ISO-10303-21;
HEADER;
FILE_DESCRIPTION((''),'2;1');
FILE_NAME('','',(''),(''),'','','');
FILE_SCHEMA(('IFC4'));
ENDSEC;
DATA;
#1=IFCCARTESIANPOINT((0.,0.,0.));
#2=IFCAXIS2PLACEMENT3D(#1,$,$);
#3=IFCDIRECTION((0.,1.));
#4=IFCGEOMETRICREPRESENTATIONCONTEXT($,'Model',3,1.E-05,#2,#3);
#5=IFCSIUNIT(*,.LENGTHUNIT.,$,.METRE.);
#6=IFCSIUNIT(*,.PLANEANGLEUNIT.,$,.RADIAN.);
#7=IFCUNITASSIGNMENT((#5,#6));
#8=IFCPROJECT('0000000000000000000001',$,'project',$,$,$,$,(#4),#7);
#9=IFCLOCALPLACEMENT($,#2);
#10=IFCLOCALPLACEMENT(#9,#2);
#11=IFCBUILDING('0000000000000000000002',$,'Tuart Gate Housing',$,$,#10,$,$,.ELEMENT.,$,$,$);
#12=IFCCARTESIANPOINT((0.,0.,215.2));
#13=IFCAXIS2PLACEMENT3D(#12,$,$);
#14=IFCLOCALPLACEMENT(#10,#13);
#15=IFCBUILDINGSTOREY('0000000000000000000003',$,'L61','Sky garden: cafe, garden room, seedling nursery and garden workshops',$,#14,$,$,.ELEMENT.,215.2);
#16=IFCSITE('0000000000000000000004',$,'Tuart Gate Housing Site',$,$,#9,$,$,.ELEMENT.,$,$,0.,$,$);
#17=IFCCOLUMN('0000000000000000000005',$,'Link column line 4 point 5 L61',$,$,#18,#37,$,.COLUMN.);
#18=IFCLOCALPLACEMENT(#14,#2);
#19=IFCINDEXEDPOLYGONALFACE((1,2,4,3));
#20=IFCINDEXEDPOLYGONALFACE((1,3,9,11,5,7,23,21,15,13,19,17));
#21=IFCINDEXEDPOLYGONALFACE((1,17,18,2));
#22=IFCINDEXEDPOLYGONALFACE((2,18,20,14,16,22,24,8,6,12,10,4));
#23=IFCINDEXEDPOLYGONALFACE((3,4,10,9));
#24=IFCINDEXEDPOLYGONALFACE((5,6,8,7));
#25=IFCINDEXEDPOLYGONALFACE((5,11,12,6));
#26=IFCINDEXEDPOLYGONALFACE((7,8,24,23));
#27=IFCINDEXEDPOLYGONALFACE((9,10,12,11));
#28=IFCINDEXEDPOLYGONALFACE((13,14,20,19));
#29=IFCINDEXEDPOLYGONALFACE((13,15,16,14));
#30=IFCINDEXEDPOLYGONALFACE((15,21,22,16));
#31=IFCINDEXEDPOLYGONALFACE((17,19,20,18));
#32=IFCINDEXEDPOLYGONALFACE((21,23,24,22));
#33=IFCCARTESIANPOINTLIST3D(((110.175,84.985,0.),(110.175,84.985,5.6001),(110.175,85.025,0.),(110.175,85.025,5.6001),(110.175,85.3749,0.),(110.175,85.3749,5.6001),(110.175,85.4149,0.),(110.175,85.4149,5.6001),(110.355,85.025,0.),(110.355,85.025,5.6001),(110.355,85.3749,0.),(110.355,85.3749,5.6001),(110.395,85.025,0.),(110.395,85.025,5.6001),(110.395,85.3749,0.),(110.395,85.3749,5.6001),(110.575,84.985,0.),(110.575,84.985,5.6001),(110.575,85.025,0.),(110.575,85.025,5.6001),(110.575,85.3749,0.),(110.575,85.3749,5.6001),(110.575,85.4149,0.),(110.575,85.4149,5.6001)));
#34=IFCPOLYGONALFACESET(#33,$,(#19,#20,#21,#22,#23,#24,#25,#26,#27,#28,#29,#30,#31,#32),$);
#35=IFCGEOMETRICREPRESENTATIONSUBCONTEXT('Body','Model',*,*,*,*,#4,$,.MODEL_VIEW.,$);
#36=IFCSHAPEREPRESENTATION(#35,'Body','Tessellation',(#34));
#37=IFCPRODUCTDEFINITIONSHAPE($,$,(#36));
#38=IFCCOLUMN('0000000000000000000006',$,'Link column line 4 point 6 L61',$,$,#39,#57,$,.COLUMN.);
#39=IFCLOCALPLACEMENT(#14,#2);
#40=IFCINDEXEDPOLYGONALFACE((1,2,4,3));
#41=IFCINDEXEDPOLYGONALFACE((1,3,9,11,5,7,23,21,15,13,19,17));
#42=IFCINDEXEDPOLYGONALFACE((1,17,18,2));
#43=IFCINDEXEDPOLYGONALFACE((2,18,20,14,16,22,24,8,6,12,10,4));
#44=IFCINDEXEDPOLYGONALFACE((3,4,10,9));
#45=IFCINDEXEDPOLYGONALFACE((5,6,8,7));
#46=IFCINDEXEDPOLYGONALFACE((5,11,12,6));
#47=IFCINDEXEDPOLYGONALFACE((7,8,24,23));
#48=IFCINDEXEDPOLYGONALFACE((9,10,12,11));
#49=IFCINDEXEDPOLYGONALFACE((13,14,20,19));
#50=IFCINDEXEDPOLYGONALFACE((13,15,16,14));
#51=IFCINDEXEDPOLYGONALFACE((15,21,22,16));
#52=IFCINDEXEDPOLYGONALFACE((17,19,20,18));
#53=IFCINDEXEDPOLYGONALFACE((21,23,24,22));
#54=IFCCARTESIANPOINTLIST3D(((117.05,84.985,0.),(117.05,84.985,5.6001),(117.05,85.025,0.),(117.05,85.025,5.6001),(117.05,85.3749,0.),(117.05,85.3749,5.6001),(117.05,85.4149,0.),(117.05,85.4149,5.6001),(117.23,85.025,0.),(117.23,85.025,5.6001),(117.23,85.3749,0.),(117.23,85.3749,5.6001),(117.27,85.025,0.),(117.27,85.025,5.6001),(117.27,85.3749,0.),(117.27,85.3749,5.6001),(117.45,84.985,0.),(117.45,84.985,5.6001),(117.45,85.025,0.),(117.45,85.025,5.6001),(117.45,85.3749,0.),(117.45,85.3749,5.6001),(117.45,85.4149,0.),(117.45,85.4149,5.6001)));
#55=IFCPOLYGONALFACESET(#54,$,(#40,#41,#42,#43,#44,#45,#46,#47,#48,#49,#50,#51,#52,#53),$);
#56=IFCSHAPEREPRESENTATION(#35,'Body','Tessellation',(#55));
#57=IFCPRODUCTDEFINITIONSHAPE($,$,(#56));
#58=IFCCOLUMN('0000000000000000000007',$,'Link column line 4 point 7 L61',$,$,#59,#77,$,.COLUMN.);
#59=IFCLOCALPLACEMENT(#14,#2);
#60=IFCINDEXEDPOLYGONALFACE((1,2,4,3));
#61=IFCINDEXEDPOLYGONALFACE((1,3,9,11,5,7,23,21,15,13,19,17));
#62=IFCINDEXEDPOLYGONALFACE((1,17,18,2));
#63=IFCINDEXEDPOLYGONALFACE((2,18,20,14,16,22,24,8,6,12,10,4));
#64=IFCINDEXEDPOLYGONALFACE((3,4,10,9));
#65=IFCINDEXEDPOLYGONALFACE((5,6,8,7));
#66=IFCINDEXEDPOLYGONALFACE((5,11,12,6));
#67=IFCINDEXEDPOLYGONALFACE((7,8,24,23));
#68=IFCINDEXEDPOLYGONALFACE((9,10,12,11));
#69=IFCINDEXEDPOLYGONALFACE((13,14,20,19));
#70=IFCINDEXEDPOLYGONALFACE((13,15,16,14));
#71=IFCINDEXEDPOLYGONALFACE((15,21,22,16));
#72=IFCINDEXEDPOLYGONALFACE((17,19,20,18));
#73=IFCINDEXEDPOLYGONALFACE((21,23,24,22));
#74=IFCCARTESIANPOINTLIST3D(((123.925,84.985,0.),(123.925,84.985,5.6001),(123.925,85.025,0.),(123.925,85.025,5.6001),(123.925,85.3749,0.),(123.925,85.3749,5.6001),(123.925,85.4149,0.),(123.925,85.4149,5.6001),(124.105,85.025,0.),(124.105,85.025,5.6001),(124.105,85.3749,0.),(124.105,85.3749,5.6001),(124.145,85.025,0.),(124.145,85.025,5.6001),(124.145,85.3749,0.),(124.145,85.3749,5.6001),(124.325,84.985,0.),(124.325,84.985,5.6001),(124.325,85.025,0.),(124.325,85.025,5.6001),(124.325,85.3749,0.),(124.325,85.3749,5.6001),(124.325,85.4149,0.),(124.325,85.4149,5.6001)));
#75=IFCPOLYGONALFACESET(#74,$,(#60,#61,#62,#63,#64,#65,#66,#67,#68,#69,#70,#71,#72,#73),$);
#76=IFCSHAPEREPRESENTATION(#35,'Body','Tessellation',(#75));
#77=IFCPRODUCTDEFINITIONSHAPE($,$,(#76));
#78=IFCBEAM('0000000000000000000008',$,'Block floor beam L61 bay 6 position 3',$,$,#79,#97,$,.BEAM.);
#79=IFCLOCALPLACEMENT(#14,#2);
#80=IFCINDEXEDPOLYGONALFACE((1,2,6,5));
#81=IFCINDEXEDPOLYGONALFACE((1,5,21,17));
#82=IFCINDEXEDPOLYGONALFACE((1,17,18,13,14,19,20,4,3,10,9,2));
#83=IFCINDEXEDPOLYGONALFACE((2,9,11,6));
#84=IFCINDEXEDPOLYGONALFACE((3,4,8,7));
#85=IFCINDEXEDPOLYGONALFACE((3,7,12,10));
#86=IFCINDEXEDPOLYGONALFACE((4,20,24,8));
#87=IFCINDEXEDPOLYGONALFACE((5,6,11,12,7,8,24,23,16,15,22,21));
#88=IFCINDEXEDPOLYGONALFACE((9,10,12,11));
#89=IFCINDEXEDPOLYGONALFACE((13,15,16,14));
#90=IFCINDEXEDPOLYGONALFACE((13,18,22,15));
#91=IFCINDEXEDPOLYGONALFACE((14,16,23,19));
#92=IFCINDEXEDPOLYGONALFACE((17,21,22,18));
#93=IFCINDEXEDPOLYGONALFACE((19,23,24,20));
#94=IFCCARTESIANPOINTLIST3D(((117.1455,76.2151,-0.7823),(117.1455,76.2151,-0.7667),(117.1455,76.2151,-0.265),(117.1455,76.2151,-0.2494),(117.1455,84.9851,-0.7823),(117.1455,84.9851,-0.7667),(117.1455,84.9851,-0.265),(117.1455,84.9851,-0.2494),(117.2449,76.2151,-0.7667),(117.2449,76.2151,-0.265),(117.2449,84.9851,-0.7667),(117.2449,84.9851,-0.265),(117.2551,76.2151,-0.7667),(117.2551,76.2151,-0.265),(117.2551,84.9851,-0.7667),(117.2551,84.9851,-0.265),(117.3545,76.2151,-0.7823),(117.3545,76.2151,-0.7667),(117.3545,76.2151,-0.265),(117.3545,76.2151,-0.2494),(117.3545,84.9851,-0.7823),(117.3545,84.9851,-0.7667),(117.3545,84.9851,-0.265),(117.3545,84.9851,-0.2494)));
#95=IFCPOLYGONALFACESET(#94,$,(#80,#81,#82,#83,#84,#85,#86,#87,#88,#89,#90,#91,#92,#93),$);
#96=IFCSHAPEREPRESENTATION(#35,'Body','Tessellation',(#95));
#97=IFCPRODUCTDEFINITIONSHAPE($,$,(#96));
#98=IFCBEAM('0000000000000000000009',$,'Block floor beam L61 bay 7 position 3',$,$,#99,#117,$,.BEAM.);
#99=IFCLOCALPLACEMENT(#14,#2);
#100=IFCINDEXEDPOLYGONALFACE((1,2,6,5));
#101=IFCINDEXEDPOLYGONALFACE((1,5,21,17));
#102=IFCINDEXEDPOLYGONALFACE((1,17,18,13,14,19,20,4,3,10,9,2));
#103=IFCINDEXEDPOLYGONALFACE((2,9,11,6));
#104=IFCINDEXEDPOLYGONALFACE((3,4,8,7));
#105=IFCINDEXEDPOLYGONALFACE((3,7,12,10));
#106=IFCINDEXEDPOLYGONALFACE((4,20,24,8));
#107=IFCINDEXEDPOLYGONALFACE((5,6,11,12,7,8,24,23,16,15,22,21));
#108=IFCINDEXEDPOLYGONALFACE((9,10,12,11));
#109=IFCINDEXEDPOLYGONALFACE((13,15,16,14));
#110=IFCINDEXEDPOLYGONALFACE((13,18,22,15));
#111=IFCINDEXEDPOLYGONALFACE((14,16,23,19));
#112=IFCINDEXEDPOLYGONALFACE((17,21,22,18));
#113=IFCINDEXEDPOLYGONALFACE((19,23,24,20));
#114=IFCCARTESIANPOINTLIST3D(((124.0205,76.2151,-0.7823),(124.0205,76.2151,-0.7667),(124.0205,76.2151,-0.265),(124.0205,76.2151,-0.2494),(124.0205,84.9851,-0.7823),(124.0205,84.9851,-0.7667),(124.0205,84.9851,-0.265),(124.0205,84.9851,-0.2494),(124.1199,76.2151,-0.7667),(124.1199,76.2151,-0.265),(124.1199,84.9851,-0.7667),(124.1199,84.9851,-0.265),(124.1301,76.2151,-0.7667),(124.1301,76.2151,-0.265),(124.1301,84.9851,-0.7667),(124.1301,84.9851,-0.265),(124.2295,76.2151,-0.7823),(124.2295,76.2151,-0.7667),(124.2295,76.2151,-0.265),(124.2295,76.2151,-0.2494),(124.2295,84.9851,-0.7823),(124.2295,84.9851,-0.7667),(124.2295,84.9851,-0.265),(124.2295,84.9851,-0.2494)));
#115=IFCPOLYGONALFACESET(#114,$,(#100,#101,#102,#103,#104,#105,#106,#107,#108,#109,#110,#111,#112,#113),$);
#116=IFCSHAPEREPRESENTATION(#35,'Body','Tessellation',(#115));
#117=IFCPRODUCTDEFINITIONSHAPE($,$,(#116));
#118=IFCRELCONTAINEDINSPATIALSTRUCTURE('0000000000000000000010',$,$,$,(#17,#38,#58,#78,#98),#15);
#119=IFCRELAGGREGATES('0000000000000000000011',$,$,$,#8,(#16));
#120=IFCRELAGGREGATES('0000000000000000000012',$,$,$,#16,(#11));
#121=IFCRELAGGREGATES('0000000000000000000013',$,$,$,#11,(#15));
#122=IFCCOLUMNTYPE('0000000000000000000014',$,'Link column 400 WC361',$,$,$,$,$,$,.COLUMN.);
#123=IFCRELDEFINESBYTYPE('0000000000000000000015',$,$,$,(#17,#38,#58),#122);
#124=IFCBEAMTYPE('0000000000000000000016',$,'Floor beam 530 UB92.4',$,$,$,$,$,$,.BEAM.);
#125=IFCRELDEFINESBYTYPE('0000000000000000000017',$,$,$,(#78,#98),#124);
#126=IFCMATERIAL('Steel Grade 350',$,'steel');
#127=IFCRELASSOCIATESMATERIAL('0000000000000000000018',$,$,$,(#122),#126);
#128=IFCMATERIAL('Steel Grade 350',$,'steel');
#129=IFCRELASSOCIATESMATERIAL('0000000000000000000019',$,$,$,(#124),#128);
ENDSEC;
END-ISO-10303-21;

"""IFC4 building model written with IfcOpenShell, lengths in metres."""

from ifc_helpers import new_model, si_unit, direction, frame, origin, origin_2d, place, context, subcontext, project, spatial, i_section, extrude, material, material_profile, profile_set, type_object, element, save


model = new_model("IFC4")

# Units and contexts
model_context = context("Model", 3, precision=1e-05, world=origin(), true_north=direction((0.0, 1.0)))
body_context = subcontext(model_context, "Body", "Model", "MODEL_VIEW")
ifc_project = project(units=[si_unit("LENGTHUNIT", "METRE"), si_unit("PLANEANGLEUNIT", "RADIAN")], contexts=[model_context])

# Site, building, storey
site_placement = place(None, origin())
site = spatial("IfcSite", under=ifc_project, at=site_placement, Name="Tuart Gate Housing Site", CompositionType="ELEMENT", RefElevation=0.0)
building_placement = place(site_placement, origin())
building = spatial("IfcBuilding", under=site, at=building_placement, Name="Tuart Gate Housing", CompositionType="ELEMENT")
storey_placement = place(building_placement, frame((0.0, 0.0, 215.2)))
storey = spatial("IfcBuildingStorey", under=building, at=storey_placement, Name="L61", Description="Sky garden: cafe, garden room, seedling nursery and garden workshops", CompositionType="ELEMENT", Elevation=215.2)

# Columns
ifc_material_1 = material(Name="Steel Grade 350", Category="steel")
ifc_material_profile_1 = material_profile(ifc_material_1, i_section(OverallWidth=0.3999, OverallDepth=0.4299, WebThickness=0.04, FlangeThickness=0.04, at=origin_2d()), Name="400WC361")
ifc_profile_set_1 = profile_set([ifc_material_profile_1], Name="Steel Grade 350")
column_type = type_object("IfcColumnType", Name="Link column 400 WC361", PredefinedType="COLUMN", material=ifc_profile_set_1)
for number, where, z_axis, x_axis, name in (
    (1, (110.375, 85.2, 0.0), (0.0, 0.0, 1.0), (1.0, 0.0, 0.0), "Link column line 4 point 5 L61"),
    (2, (117.25, 85.2, 0.0), (0.0, 0.0, 1.0), (1.0, 0.0, 0.0), "Link column line 4 point 6 L61"),
    (3, (124.125, 85.2, 0.0), (0.0, 0.0, 1.0), (1.0, 0.0, 0.0), "Link column line 4 point 7 L61"),
):
    element("IfcColumn", number, at=place(storey_placement, frame(where, z_axis=z_axis, x_axis=x_axis)), inside=storey, type_object=column_type, Name=name, PredefinedType="COLUMN", context=body_context, shape_type="SweptSolid", body=[
        extrude(i_section(OverallWidth=0.3999, OverallDepth=0.4299, WebThickness=0.04, FlangeThickness=0.04, at=origin_2d()), origin(), (0.0, 0.0, 1.0), 5.6001),
    ])

# Beams
ifc_material_2 = material(Name="Steel Grade 350", Category="steel")
ifc_material_profile_2 = material_profile(ifc_material_2, i_section(OverallWidth=0.209, OverallDepth=0.533, WebThickness=0.0103, FlangeThickness=0.0156, at=origin_2d()), Name="530UB92.4")
ifc_profile_set_2 = profile_set([ifc_material_profile_2], Name="Steel Grade 350")
beam_type = type_object("IfcBeamType", Name="Floor beam 530 UB92.4", PredefinedType="BEAM", material=ifc_profile_set_2)
for number, where, z_axis, x_axis, name in (
    (4, (117.25, 76.2151, -0.5159), (0.0, 1.0, 0.0), (-1.0, 0.0, 0.0), "Block floor beam L61 bay 6 position 3"),
    (5, (124.125, 76.2151, -0.5159), (0.0, 1.0, 0.0), (-1.0, 0.0, 0.0), "Block floor beam L61 bay 7 position 3"),
):
    element("IfcBeam", number, at=place(storey_placement, frame(where, z_axis=z_axis, x_axis=x_axis)), inside=storey, type_object=beam_type, Name=name, PredefinedType="BEAM", context=body_context, shape_type="SweptSolid", body=[
        extrude(i_section(OverallWidth=0.209, OverallDepth=0.533, WebThickness=0.0103, FlangeThickness=0.0156, at=origin_2d()), origin(), (0.0, 0.0, 1.0), 8.77),
    ])

save(model, "model.ifc")
